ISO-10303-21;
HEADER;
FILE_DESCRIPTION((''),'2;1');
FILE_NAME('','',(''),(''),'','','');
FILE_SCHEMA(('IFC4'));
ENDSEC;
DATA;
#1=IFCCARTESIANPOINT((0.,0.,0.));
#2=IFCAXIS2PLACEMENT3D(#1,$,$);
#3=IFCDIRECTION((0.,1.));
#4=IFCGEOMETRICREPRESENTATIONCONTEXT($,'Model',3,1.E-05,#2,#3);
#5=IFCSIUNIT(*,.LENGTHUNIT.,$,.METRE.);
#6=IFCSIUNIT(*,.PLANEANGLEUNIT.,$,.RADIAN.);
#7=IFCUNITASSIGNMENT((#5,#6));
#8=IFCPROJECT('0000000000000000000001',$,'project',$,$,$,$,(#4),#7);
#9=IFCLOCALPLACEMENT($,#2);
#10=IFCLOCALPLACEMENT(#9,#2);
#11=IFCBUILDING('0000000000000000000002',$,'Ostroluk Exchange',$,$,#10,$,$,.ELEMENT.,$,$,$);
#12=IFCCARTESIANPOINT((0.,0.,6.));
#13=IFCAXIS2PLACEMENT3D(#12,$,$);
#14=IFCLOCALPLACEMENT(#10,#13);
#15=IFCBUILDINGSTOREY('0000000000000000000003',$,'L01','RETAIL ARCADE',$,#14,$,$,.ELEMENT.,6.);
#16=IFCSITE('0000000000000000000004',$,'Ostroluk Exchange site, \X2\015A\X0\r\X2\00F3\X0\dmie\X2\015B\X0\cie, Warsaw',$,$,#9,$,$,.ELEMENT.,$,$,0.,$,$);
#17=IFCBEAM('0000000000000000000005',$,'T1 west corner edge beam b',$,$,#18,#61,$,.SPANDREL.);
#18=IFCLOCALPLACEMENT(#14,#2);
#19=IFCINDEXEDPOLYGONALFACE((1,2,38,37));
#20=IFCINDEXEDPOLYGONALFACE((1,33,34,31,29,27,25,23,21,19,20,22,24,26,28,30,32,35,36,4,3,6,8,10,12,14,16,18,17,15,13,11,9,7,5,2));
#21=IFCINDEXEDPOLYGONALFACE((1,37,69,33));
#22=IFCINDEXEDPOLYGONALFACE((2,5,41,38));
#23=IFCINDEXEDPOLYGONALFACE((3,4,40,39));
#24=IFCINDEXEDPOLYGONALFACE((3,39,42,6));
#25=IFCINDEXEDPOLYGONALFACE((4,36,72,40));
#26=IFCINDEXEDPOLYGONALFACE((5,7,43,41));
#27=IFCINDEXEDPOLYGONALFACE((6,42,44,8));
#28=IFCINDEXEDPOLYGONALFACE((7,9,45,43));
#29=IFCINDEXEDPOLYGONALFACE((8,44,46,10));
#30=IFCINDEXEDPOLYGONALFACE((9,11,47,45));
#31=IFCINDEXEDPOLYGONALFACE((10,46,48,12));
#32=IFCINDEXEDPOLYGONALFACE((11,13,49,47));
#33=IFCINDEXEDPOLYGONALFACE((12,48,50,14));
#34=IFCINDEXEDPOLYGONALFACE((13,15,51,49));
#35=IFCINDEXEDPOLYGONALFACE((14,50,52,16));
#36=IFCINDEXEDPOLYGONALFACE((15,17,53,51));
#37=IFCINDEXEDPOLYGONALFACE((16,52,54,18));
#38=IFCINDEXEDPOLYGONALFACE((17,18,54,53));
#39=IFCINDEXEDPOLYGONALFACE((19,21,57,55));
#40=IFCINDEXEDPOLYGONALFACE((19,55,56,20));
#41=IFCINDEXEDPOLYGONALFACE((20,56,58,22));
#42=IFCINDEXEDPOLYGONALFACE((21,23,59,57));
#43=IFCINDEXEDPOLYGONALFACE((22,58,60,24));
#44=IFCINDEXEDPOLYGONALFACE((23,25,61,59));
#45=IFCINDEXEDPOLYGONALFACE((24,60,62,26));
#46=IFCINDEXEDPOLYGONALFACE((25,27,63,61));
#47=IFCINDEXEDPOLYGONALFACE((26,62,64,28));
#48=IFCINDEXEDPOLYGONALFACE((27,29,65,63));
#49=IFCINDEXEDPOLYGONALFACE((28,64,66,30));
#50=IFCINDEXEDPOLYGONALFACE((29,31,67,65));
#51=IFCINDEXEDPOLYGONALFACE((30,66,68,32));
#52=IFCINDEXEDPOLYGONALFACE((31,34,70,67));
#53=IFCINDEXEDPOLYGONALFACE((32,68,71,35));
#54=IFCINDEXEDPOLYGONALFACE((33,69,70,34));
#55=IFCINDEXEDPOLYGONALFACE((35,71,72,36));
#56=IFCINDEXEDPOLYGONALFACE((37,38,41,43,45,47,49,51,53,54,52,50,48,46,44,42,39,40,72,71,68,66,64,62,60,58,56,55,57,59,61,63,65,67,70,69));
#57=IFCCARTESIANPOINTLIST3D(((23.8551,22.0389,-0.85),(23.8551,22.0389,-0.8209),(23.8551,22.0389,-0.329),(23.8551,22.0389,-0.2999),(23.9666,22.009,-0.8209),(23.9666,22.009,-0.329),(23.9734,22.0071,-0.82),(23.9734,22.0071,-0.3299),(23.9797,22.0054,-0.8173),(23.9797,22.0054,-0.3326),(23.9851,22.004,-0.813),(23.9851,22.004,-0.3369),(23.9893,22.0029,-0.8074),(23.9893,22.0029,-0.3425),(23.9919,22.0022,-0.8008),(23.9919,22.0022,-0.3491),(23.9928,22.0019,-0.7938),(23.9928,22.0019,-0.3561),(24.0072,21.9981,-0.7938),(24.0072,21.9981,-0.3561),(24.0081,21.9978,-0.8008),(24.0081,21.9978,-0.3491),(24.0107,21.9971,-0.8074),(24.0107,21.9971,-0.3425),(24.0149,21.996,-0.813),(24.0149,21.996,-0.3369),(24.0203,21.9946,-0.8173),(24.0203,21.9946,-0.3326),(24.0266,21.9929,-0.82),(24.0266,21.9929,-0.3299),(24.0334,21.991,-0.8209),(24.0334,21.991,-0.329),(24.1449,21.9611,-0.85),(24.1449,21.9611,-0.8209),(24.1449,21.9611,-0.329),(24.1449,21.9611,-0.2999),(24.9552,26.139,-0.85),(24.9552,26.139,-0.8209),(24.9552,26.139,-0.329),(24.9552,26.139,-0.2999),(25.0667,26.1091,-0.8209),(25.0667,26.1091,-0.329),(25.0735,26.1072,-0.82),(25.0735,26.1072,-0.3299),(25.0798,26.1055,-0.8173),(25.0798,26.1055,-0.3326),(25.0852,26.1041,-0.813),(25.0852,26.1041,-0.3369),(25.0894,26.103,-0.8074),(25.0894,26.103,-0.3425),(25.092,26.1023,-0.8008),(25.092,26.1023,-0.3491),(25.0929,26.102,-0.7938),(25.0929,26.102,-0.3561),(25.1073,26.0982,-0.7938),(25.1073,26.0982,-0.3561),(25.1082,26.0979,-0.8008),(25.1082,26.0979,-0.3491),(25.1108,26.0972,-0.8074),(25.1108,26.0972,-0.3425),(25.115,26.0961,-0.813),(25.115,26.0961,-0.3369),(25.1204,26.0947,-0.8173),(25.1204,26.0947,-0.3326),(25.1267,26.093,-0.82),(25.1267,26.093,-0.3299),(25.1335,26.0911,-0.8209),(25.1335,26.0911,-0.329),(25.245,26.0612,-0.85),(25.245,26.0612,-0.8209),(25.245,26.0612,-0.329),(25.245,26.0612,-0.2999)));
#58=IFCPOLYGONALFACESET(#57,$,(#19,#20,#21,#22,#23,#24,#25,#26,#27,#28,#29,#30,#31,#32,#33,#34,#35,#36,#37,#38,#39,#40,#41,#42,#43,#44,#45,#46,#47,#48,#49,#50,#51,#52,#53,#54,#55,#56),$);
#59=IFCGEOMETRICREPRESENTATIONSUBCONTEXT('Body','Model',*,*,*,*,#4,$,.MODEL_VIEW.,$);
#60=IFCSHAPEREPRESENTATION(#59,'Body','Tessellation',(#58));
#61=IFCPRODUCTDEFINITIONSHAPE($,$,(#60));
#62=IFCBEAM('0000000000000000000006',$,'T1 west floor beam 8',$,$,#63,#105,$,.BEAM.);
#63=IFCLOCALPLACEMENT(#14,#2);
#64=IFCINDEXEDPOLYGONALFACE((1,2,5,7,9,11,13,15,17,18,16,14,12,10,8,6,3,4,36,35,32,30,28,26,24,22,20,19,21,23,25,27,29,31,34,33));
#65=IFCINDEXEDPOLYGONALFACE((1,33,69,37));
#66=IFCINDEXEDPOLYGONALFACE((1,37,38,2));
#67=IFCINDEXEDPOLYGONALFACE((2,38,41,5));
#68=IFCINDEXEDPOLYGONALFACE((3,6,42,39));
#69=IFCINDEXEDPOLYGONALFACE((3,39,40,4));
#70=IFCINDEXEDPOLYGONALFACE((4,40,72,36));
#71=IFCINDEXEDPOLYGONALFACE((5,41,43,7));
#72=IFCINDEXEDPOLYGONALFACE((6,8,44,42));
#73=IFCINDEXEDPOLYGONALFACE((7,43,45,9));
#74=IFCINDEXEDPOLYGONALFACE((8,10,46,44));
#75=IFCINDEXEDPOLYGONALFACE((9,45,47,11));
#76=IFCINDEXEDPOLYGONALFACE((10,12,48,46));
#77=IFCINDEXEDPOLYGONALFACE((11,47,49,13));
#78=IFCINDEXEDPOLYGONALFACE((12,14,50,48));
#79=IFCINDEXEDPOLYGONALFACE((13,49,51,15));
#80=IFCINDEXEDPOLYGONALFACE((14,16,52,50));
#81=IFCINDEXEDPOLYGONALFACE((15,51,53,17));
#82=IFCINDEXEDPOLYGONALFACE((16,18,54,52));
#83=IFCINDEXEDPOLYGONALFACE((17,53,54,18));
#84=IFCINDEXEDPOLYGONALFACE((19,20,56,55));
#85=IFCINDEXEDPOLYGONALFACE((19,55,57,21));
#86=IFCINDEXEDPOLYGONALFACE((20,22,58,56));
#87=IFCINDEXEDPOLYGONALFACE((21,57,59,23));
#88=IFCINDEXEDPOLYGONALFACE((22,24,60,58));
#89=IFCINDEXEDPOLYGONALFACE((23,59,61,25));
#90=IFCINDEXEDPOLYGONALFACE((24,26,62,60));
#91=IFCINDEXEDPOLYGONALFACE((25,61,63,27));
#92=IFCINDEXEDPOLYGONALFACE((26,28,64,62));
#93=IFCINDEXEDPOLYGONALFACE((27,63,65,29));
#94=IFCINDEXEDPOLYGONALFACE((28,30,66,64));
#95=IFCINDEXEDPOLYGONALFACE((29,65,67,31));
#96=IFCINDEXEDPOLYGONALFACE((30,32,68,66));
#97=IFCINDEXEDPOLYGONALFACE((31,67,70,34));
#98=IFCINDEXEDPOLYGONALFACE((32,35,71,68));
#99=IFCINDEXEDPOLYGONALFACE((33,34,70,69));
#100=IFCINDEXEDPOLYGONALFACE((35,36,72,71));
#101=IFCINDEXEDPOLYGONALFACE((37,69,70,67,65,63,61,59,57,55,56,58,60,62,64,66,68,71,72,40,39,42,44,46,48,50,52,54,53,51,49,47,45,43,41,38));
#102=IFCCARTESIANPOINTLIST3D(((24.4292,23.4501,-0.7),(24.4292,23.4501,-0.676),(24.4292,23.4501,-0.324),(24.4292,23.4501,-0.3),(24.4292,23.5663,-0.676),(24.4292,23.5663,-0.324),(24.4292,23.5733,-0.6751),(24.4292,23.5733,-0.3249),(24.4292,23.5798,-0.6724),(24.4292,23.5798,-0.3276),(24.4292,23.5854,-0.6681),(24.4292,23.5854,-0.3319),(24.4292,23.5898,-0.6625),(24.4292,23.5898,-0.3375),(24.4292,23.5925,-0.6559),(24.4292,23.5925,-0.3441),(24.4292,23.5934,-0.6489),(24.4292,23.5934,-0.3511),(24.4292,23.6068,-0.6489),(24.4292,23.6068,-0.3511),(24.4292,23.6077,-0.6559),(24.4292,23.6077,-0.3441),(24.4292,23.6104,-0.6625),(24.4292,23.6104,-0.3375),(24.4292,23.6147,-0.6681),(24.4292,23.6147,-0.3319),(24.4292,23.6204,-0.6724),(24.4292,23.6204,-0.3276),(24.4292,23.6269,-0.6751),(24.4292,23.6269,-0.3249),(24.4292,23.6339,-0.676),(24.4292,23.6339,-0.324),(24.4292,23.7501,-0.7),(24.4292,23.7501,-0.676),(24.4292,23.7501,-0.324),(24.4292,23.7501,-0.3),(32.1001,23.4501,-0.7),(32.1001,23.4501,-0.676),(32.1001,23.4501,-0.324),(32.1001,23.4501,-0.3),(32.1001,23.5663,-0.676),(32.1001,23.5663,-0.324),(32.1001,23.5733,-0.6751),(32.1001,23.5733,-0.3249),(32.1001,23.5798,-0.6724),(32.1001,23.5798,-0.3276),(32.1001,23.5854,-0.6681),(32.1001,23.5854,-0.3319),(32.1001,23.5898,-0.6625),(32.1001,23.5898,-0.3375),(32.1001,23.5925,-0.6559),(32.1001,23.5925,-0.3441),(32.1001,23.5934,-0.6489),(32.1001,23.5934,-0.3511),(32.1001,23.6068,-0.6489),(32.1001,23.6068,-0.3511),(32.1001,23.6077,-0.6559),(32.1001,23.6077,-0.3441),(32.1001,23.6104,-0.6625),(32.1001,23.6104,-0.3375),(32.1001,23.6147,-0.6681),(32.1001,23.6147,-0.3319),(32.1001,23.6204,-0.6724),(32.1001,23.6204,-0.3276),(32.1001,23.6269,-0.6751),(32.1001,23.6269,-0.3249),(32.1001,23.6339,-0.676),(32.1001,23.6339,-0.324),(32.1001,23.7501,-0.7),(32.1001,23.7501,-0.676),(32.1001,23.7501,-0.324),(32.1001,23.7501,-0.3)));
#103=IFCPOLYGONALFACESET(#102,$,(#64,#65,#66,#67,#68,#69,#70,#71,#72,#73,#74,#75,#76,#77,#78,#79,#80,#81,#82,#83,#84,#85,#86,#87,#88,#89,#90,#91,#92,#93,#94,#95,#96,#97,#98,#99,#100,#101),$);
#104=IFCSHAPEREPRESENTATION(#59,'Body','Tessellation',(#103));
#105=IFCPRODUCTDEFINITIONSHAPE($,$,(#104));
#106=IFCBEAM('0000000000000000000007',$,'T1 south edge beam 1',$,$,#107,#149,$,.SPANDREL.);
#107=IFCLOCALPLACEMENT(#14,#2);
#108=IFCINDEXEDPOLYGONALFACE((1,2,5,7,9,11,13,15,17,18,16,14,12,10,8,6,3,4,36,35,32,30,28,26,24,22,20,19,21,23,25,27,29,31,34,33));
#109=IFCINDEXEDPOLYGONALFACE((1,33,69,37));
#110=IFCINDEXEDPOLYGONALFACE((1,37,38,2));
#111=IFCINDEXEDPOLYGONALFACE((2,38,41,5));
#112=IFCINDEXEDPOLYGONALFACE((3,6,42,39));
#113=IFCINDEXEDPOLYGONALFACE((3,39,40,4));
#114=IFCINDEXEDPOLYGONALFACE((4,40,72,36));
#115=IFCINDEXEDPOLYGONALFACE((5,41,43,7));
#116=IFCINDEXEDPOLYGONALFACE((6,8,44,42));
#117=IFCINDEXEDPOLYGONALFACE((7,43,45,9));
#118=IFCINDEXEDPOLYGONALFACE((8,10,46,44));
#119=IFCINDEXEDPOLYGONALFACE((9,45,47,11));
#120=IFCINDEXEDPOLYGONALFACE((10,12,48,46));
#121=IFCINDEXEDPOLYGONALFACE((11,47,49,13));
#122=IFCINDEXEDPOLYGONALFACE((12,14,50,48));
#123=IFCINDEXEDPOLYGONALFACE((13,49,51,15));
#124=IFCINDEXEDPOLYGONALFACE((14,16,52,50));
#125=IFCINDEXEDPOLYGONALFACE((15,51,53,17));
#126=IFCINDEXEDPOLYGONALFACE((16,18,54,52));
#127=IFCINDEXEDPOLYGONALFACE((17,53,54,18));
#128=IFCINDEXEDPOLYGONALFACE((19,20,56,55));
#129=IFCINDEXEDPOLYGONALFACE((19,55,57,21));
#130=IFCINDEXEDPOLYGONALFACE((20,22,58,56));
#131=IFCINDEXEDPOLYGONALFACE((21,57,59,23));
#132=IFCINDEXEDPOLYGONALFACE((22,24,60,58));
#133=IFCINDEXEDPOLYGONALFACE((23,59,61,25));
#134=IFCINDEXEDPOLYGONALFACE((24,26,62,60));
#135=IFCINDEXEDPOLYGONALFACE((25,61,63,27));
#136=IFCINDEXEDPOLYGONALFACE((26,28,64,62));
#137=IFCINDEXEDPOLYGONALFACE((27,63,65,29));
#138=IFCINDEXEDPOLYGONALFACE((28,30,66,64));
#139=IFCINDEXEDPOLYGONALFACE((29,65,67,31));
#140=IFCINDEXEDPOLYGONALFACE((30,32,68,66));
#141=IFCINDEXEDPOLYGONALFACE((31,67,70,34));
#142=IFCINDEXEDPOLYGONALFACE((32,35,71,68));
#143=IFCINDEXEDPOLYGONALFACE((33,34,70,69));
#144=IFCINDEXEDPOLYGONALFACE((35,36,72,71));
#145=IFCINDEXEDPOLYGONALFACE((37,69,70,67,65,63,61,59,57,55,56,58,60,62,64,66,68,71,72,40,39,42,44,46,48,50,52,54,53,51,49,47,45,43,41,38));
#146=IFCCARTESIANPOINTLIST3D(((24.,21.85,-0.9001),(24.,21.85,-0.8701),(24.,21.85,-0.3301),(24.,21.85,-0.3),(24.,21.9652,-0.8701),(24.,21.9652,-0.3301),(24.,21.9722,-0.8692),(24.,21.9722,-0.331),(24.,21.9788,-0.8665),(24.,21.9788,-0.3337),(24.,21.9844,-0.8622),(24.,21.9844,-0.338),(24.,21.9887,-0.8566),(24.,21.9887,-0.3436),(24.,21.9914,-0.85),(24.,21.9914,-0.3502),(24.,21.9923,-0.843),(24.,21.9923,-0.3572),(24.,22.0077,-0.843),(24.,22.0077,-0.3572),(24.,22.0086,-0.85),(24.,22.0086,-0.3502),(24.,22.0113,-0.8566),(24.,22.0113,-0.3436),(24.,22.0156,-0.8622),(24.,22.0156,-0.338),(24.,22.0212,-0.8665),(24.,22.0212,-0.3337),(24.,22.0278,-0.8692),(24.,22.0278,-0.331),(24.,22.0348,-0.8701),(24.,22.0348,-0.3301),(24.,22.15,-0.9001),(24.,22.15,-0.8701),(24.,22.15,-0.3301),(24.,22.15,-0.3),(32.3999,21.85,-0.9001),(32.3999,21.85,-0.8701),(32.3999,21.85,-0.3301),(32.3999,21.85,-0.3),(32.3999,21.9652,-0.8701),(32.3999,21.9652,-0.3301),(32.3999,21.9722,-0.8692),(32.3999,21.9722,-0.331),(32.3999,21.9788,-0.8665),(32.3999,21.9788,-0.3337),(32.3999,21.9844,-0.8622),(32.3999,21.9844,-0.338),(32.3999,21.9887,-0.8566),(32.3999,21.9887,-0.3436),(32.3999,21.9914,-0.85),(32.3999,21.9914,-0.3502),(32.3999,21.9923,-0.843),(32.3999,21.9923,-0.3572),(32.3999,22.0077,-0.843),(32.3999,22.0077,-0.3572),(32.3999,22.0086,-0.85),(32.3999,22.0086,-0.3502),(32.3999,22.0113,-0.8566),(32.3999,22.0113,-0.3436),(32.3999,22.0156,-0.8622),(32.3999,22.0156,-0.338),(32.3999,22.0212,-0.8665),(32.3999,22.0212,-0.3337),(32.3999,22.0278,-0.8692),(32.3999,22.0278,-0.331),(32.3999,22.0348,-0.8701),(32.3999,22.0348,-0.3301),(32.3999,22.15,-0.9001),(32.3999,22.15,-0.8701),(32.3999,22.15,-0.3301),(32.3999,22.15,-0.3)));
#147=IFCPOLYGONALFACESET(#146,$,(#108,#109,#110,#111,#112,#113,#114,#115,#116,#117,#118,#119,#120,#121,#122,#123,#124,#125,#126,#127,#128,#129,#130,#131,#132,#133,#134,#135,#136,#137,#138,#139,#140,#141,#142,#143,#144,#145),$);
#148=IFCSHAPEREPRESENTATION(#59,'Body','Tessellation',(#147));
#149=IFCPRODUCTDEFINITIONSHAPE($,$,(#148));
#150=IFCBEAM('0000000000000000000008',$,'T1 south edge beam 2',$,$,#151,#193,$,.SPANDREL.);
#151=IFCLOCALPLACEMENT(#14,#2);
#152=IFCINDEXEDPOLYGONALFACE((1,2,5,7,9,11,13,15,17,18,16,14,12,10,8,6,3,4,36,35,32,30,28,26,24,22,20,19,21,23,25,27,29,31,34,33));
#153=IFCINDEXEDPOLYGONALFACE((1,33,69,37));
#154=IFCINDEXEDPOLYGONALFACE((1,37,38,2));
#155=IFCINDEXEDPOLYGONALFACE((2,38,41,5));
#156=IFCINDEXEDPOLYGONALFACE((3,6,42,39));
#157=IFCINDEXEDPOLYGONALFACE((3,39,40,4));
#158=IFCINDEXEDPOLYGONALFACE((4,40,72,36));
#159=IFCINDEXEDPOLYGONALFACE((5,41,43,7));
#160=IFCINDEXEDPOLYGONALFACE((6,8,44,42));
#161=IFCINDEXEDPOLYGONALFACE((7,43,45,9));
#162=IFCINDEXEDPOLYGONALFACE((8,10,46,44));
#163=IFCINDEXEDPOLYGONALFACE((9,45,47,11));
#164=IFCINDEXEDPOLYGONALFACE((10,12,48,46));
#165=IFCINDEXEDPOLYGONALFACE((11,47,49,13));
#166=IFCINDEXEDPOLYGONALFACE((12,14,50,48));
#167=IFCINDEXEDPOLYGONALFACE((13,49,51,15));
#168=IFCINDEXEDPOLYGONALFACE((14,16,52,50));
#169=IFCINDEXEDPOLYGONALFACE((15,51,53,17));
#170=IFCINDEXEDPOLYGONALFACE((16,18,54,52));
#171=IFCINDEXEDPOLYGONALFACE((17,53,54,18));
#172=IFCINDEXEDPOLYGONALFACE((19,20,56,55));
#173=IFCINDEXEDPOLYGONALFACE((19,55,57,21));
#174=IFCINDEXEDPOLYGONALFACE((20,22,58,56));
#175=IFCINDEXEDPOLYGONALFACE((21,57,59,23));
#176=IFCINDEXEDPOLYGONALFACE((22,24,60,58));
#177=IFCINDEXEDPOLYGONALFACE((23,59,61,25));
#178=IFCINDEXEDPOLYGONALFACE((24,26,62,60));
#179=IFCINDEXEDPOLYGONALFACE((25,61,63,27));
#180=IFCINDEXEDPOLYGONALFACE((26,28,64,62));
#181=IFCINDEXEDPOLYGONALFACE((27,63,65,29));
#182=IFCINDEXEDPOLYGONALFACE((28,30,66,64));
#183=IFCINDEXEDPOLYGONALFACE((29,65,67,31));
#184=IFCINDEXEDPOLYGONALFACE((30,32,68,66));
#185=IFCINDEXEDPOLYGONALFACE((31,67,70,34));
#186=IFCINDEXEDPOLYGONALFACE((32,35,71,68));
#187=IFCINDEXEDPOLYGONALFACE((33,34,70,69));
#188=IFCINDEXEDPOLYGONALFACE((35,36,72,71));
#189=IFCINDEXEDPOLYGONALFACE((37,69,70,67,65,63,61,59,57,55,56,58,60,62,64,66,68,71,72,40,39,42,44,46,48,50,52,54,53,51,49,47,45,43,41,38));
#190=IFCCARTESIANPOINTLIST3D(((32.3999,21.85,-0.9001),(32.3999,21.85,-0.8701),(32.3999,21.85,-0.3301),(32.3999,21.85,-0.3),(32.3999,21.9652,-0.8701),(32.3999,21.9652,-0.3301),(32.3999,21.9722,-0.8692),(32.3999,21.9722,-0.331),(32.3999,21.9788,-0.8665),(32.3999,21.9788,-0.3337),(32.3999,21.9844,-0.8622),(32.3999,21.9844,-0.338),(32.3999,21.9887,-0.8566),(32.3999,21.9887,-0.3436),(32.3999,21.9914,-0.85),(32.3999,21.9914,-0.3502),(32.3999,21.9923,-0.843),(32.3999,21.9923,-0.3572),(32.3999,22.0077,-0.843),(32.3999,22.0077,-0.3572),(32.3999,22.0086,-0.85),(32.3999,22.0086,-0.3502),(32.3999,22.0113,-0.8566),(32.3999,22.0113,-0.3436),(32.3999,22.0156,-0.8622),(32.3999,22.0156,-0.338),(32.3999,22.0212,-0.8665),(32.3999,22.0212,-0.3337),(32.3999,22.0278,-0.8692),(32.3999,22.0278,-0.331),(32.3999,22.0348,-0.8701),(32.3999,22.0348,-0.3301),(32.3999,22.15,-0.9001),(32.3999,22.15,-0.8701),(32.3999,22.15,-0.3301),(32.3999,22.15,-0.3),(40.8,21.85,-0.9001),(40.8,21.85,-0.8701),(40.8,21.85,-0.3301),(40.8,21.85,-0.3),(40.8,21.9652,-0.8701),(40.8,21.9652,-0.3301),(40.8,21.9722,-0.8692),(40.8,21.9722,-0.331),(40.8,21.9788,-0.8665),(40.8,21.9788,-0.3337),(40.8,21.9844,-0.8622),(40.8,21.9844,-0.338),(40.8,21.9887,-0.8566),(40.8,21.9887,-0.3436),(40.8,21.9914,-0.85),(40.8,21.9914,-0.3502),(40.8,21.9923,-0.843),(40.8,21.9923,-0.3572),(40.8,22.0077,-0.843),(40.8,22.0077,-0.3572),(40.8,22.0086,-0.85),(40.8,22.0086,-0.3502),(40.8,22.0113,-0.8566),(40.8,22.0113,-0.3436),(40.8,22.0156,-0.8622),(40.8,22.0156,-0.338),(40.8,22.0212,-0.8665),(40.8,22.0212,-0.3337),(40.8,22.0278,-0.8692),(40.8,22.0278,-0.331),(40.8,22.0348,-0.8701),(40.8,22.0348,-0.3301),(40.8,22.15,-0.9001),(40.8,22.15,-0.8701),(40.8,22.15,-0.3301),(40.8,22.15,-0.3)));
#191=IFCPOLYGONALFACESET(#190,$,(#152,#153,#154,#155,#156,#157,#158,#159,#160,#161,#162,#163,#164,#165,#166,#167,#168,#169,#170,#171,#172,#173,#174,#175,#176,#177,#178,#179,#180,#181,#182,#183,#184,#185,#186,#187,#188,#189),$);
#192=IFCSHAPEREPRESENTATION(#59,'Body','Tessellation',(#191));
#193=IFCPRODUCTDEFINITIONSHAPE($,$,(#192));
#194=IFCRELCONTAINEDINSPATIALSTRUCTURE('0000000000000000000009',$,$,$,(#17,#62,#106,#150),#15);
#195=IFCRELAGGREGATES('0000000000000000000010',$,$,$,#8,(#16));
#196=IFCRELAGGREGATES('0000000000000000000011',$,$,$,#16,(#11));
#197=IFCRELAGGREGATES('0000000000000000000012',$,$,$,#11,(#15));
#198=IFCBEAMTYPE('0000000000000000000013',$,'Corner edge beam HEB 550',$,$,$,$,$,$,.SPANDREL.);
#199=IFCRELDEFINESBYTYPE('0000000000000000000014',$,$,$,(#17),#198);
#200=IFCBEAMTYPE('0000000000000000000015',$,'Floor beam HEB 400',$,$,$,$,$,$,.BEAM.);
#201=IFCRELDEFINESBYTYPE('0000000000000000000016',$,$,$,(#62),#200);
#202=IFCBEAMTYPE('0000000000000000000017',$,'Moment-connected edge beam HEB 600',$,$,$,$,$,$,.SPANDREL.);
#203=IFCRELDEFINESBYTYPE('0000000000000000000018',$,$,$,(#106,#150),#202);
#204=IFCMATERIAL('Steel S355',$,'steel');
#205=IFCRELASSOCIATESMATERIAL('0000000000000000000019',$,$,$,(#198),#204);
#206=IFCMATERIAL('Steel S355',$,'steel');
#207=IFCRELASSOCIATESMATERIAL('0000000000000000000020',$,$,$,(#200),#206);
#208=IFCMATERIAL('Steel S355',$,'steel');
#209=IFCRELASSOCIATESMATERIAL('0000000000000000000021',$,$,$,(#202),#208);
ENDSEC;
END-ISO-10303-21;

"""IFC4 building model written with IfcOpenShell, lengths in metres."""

from ifc_helpers import new_model, si_unit, direction, frame, origin, origin_2d, place, context, subcontext, project, spatial, i_section, extrude, material, material_profile, profile_set, type_object, element, save


model = new_model("IFC4")

# Units and contexts
model_context = context("Model", 3, precision=1e-05, world=origin(), true_north=direction((0.0, 1.0)))
body_context = subcontext(model_context, "Body", "Model", "MODEL_VIEW")
ifc_project = project(units=[si_unit("LENGTHUNIT", "METRE"), si_unit("PLANEANGLEUNIT", "RADIAN")], contexts=[model_context])

# Site, building, storey
site_placement = place(None, origin())
site = spatial("IfcSite", under=ifc_project, at=site_placement, Name="Ostroluk Exchange site, Śródmieście, Warsaw", CompositionType="ELEMENT", RefElevation=0.0)
building_placement = place(site_placement, origin())
building = spatial("IfcBuilding", under=site, at=building_placement, Name="Ostroluk Exchange", CompositionType="ELEMENT")
storey_placement = place(building_placement, frame((0.0, 0.0, 6.0)))
storey = spatial("IfcBuildingStorey", under=building, at=storey_placement, Name="L01", Description="RETAIL ARCADE", CompositionType="ELEMENT", Elevation=6.0)

# Beams
ifc_material_1 = material(Name="Steel S355", Category="steel")
ifc_material_profile_1 = material_profile(ifc_material_1, i_section(OverallWidth=0.3, OverallDepth=0.55, WebThickness=0.0149, FlangeThickness=0.0291, FilletRadius=0.0271, at=origin_2d()), Name="HEB 550")
ifc_profile_set_1 = profile_set([ifc_material_profile_1], Name="Steel S355")
beam_type_1 = type_object("IfcBeamType", Name="Corner edge beam HEB 550", PredefinedType="SPANDREL", material=ifc_profile_set_1)
for number, where, z_axis, x_axis, name in (
    (1, (25.1001, 26.1001, -0.575), (-0.259144, -0.965839, 0.0), (0.965839, -0.259144, 0.0), "T1 west corner edge beam b"),
):
    element("IfcBeam", number, at=place(storey_placement, frame(where, z_axis=z_axis, x_axis=x_axis)), inside=storey, type_object=beam_type_1, Name=name, PredefinedType="SPANDREL", context=body_context, shape_type="SweptSolid", body=[
        extrude(i_section(OverallWidth=0.3, OverallDepth=0.55, WebThickness=0.0149, FlangeThickness=0.0291, FilletRadius=0.0271, at=origin_2d()), origin(), (0.0, 0.0, 1.0), 4.2451),
    ])
ifc_material_2 = material(Name="Steel S355", Category="steel")
ifc_material_profile_2 = material_profile(ifc_material_2, i_section(OverallWidth=0.3, OverallDepth=0.3999, WebThickness=0.0134, FlangeThickness=0.0239, FilletRadius=0.0271, at=origin_2d()), Name="HEB 400")
ifc_profile_set_2 = profile_set([ifc_material_profile_2], Name="Steel S355")
beam_type_2 = type_object("IfcBeamType", Name="Floor beam HEB 400", PredefinedType="BEAM", material=ifc_profile_set_2)
beam_1_placement = place(storey_placement, frame((32.1001, 23.6001, -0.5), z_axis=(-1.0, 0.0, 0.0), x_axis=(0.0, -1.0, 0.0)))
element("IfcBeam", 2, at=beam_1_placement, inside=storey, type_object=beam_type_2, Name="T1 west floor beam 8", PredefinedType="BEAM", context=body_context, shape_type="SweptSolid", body=[
    extrude(i_section(OverallWidth=0.3, OverallDepth=0.3999, WebThickness=0.0134, FlangeThickness=0.0239, FilletRadius=0.0271, at=origin_2d()), origin(), (0.0, 0.0, 1.0), 7.6709),
])
ifc_material_3 = material(Name="Steel S355", Category="steel")
ifc_material_profile_3 = material_profile(ifc_material_3, i_section(OverallWidth=0.3, OverallDepth=0.6001, WebThickness=0.0154, FlangeThickness=0.03, FilletRadius=0.0271, at=origin_2d()), Name="HEB 600")
ifc_profile_set_3 = profile_set([ifc_material_profile_3], Name="Steel S355")
beam_type_3 = type_object("IfcBeamType", Name="Moment-connected edge beam HEB 600", PredefinedType="SPANDREL", material=ifc_profile_set_3)
beam_2_placement = place(storey_placement, frame((24.0, 22.0, -0.6001), z_axis=(1.0, 0.0, 0.0), x_axis=(0.0, 1.0, 0.0)))
element("IfcBeam", 3, at=beam_2_placement, inside=storey, type_object=beam_type_3, Name="T1 south edge beam 1", PredefinedType="SPANDREL", context=body_context, shape_type="SweptSolid", body=[
    extrude(i_section(OverallWidth=0.3, OverallDepth=0.6001, WebThickness=0.0154, FlangeThickness=0.03, FilletRadius=0.0271, at=origin_2d()), origin(), (0.0, 0.0, 1.0), 8.3999),
])
beam_3_placement = place(storey_placement, frame((32.3999, 22.0, -0.6001), z_axis=(1.0, 0.0, 0.0), x_axis=(0.0, 1.0, 0.0)))
element("IfcBeam", 4, at=beam_3_placement, inside=storey, type_object=beam_type_3, Name="T1 south edge beam 2", PredefinedType="SPANDREL", context=body_context, shape_type="SweptSolid", body=[
    extrude(i_section(OverallWidth=0.3, OverallDepth=0.6001, WebThickness=0.0154, FlangeThickness=0.03, FilletRadius=0.0271, at=origin_2d()), origin(), (0.0, 0.0, 1.0), 8.4001),
])

save(model, "model.ifc")
